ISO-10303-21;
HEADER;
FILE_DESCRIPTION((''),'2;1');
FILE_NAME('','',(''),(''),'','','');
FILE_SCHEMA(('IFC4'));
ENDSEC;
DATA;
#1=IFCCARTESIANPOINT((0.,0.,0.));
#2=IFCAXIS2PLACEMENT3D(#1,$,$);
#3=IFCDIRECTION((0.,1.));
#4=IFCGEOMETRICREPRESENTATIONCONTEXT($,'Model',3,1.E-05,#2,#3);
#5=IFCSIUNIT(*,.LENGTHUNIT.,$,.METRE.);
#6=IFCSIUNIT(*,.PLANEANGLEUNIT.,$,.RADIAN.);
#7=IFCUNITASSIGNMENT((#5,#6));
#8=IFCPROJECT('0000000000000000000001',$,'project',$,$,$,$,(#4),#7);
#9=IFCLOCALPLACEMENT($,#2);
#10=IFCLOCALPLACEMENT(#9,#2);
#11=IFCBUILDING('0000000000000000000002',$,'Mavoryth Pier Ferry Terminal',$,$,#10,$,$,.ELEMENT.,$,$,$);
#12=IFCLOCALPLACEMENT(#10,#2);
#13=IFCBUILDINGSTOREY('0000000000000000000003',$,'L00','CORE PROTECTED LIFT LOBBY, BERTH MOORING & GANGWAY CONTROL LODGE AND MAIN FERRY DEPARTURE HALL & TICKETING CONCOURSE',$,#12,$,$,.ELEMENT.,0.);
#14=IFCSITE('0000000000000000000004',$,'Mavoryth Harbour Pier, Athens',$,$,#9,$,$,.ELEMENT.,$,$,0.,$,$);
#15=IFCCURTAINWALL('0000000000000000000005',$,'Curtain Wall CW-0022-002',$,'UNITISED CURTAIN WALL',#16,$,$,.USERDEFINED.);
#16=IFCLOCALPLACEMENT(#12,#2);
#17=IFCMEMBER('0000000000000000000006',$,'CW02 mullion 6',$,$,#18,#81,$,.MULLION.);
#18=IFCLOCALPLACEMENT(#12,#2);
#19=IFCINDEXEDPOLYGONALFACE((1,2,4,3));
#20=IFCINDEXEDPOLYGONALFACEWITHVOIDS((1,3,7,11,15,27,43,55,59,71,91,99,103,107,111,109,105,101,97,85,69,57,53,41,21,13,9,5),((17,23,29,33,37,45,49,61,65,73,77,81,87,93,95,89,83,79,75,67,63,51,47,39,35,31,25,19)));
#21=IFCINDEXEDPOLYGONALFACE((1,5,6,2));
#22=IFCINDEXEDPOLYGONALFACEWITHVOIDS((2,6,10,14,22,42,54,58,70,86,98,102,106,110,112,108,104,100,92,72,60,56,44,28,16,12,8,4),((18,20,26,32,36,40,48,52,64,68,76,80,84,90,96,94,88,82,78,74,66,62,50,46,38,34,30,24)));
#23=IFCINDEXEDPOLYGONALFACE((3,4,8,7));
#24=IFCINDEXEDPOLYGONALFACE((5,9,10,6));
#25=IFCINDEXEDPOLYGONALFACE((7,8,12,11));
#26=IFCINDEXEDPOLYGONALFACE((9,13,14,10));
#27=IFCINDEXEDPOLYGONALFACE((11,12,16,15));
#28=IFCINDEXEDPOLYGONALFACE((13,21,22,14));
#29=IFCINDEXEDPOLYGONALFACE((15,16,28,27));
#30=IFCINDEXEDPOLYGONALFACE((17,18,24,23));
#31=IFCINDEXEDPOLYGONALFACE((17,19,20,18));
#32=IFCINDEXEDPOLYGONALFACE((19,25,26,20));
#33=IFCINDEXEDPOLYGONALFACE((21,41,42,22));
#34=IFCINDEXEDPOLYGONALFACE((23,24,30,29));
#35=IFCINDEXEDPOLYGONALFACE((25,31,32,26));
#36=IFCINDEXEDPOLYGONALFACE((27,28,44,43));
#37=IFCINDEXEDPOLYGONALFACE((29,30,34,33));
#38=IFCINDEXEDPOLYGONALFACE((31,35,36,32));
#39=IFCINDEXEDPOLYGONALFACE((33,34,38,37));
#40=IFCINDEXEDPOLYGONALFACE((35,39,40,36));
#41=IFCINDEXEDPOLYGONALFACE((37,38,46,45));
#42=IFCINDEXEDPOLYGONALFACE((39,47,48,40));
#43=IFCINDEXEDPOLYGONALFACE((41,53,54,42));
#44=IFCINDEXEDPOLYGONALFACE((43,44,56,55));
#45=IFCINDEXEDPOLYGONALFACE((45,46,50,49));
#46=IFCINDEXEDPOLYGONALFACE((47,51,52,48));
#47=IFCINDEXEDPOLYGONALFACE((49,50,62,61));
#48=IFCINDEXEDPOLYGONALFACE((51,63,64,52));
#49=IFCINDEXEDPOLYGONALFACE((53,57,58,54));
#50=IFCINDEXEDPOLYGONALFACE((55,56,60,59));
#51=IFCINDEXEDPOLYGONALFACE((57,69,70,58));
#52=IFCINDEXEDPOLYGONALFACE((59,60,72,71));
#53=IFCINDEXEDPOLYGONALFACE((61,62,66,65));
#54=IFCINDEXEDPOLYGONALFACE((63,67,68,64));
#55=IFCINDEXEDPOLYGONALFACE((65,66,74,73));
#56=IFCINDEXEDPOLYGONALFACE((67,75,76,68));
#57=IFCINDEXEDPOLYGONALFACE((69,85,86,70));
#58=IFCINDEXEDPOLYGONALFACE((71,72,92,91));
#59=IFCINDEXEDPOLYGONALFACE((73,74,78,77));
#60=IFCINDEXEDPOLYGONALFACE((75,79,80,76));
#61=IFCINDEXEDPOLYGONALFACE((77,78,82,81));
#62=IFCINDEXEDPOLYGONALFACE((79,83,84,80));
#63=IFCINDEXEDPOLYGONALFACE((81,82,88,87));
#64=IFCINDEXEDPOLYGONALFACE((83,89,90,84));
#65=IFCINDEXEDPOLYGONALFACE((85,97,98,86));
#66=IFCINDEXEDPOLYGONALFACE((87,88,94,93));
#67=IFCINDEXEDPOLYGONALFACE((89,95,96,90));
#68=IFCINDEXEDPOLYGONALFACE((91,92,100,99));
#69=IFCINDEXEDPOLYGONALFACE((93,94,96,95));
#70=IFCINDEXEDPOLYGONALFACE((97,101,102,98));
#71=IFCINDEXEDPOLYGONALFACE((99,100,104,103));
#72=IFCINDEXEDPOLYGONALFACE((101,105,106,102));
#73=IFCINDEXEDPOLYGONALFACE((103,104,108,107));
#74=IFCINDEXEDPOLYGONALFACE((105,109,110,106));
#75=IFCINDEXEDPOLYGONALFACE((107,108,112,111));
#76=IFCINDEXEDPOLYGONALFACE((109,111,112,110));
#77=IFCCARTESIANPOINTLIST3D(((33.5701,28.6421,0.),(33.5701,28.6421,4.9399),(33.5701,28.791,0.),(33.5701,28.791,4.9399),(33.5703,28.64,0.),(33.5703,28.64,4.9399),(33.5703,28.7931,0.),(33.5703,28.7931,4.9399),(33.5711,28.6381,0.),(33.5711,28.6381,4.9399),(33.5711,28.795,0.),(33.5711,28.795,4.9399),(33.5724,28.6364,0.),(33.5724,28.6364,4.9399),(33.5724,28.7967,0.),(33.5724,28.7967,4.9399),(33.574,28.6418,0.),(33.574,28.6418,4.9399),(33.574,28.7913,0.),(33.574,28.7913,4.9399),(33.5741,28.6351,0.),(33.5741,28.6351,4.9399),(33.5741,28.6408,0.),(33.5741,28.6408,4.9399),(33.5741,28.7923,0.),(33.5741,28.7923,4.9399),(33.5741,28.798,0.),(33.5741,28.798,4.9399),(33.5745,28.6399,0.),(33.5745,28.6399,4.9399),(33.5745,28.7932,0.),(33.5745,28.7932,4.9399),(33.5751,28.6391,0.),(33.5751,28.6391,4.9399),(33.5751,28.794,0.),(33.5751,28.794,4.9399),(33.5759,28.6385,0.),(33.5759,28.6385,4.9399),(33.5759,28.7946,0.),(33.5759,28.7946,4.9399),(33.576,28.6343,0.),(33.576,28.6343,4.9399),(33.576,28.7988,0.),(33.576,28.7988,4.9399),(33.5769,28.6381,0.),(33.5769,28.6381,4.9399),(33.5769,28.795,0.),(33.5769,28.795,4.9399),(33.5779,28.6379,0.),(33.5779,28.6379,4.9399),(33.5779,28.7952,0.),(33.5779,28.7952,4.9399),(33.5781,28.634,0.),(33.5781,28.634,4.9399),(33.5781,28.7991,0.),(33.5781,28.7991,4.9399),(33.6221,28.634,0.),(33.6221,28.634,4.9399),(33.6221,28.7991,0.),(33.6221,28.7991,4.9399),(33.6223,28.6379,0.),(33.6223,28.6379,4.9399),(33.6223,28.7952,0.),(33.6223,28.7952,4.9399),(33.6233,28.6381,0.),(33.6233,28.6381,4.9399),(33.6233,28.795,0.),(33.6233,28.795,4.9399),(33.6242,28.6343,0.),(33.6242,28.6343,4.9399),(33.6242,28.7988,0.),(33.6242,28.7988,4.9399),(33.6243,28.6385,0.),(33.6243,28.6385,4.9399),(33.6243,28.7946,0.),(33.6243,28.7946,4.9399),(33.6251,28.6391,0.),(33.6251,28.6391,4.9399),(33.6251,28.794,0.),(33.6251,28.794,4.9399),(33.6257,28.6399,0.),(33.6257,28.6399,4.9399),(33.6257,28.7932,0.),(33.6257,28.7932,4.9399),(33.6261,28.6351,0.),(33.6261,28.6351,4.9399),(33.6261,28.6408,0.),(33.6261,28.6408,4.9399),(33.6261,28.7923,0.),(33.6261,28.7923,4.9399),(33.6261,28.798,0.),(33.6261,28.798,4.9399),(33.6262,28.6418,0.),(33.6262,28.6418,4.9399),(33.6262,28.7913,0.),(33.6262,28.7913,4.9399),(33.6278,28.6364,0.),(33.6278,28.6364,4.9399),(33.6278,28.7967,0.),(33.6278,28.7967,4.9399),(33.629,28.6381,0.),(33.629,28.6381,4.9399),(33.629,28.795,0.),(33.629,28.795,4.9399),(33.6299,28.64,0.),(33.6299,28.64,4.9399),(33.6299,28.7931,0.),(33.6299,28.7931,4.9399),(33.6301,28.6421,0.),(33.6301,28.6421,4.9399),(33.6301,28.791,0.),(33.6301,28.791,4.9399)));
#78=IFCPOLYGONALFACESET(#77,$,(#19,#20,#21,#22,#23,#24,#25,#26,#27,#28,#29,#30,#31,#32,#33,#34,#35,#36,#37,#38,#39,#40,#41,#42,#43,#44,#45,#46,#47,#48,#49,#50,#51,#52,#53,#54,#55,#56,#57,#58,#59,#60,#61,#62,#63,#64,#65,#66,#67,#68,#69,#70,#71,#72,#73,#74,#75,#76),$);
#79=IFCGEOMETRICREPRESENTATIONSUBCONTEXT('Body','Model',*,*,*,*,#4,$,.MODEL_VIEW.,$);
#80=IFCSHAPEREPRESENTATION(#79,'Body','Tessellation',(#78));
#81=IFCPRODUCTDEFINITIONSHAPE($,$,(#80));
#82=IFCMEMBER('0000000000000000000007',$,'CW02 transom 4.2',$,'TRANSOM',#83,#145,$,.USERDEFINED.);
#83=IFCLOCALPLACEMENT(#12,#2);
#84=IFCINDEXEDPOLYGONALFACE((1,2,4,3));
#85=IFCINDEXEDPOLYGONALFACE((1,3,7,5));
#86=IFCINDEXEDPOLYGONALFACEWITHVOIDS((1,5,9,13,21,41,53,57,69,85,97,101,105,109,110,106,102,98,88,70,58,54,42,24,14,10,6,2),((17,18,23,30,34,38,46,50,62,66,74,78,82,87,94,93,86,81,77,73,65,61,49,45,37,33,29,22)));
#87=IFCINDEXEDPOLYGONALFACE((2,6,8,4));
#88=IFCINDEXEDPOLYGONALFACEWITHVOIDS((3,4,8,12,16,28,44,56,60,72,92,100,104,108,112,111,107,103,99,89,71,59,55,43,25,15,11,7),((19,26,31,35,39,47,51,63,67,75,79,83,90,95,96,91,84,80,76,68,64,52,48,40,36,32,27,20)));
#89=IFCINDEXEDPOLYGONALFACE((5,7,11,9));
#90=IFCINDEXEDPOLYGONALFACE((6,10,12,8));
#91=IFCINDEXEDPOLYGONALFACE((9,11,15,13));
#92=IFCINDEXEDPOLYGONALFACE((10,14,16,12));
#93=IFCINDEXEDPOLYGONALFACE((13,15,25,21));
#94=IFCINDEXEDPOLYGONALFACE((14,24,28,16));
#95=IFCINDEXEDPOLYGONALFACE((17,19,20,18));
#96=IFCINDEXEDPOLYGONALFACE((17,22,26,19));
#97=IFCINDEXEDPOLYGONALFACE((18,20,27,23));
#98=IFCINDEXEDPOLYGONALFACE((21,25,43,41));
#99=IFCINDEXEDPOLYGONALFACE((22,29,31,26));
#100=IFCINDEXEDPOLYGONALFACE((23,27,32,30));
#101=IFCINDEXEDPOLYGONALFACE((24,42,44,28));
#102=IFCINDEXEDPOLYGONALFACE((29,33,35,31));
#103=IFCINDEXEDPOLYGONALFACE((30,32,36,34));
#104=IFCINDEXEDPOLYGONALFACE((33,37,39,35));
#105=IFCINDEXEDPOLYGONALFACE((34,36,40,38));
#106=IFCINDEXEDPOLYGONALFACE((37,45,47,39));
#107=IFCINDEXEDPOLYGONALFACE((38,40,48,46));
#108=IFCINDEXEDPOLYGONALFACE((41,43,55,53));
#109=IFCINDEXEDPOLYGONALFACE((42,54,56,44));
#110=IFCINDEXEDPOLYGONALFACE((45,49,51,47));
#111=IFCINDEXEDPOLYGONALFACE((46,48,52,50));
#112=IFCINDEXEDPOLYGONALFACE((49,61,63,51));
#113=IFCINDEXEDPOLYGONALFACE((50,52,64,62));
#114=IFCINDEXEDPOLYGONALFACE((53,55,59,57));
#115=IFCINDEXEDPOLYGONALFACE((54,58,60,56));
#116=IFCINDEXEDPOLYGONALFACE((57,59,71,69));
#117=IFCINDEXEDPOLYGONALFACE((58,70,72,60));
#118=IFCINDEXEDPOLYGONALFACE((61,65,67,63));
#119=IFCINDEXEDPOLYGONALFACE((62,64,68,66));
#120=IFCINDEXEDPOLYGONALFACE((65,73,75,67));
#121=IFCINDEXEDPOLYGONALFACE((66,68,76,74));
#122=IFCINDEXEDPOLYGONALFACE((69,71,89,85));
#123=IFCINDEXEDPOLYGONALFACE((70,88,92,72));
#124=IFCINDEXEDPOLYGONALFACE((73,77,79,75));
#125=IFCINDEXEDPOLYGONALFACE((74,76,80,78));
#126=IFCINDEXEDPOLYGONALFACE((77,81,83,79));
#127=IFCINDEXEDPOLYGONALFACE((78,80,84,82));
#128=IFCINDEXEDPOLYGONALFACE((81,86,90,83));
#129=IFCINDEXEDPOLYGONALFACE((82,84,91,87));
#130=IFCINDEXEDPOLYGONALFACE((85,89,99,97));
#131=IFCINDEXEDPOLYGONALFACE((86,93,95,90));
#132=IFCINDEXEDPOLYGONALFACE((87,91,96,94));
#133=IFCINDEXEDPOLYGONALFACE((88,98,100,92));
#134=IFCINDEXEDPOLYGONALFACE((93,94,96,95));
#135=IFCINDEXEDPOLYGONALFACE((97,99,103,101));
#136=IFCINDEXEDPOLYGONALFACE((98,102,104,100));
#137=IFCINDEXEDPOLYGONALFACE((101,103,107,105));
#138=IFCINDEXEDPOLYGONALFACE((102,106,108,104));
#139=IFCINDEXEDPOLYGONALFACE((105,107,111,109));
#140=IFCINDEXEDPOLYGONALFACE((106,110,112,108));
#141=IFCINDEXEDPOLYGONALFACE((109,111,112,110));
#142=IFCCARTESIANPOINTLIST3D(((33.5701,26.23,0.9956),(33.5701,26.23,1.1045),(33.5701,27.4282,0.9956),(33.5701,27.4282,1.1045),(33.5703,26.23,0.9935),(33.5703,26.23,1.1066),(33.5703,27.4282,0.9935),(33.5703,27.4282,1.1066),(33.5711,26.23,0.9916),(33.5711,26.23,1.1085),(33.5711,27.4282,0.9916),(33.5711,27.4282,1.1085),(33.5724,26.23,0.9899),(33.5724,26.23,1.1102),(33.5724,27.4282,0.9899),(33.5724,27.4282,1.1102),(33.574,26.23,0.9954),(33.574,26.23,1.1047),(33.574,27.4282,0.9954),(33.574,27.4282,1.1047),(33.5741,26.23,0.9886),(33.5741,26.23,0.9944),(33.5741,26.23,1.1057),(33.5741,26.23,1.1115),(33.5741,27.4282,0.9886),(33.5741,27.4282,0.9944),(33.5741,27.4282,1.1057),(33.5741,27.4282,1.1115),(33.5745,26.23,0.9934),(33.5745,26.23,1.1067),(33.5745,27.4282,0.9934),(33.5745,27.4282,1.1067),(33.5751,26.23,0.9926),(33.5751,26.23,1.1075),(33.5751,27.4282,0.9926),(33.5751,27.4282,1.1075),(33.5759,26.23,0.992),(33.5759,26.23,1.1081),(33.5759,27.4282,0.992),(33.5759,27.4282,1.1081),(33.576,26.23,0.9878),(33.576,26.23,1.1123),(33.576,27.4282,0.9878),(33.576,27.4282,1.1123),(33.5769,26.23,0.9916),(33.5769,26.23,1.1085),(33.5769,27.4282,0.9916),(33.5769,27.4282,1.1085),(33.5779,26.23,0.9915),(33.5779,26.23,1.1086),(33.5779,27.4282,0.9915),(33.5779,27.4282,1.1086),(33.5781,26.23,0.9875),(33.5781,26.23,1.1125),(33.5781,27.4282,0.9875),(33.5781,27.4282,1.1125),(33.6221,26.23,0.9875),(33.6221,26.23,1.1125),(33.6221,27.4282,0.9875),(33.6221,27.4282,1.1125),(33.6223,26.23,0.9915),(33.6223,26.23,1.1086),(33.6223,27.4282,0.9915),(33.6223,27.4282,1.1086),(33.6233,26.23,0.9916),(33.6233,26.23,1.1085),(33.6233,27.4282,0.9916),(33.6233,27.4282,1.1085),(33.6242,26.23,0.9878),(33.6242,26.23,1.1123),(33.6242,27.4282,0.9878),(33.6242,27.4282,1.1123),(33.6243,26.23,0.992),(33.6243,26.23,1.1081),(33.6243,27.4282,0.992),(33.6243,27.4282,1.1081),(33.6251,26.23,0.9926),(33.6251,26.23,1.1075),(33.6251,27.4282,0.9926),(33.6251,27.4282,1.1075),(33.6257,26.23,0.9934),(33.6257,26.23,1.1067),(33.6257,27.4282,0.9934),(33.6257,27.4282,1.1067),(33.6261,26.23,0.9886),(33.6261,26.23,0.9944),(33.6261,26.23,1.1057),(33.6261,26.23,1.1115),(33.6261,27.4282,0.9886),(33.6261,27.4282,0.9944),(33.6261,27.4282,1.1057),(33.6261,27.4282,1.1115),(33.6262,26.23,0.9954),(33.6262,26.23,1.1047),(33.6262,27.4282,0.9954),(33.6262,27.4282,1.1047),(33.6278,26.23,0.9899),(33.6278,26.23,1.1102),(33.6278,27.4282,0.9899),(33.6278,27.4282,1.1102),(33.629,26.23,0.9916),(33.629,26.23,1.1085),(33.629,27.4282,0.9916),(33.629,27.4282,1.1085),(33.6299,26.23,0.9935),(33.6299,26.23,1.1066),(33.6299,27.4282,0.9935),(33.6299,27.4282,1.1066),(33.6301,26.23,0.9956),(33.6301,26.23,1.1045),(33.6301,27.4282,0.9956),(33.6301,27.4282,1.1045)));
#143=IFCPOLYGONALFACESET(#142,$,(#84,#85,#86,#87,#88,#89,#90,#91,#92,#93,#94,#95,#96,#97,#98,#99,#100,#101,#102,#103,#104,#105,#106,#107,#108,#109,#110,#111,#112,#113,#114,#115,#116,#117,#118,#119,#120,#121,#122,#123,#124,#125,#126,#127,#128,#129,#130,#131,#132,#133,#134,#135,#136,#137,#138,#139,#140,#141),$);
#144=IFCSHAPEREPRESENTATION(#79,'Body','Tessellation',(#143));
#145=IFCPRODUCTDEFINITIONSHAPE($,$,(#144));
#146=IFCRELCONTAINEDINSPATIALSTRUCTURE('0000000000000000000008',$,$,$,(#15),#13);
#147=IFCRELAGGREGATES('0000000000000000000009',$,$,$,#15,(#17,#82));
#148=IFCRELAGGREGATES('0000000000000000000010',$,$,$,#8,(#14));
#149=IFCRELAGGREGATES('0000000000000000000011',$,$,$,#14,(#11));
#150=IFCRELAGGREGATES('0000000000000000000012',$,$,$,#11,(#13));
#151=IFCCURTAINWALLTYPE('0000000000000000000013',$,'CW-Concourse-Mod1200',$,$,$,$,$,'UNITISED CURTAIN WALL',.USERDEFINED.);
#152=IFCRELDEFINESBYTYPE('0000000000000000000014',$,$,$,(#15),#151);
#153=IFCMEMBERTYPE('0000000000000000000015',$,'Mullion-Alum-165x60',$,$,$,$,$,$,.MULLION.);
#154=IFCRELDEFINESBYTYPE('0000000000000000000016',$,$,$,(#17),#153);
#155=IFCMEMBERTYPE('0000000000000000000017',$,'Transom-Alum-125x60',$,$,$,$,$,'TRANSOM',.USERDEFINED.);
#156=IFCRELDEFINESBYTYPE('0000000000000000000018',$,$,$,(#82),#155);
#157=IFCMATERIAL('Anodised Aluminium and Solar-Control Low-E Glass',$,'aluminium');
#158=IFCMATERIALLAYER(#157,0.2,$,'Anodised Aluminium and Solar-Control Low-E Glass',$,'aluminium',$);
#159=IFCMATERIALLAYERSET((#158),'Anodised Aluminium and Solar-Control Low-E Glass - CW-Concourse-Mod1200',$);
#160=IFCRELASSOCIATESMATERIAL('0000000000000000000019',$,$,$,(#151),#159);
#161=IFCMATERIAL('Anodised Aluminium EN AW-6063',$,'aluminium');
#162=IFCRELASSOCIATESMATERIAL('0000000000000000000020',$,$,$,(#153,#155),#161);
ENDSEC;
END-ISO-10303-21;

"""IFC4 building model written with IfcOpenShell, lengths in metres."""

from ifc_helpers import new_model, si_unit, direction, frame, origin, origin_2d, place, context, subcontext, project, spatial, hollow_rectangle, extrude, material, layer, layer_set, material_profile, profile_set, type_object, element, aggregate, save


model = new_model("IFC4")

# Units and contexts
model_context = context("Model", 3, precision=1e-05, world=origin(), true_north=direction((0.0, 1.0)))
body_context = subcontext(model_context, "Body", "Model", "MODEL_VIEW")
ifc_project = project(units=[si_unit("LENGTHUNIT", "METRE"), si_unit("PLANEANGLEUNIT", "RADIAN")], contexts=[model_context])

# Site, building, storey
site_placement = place(None, origin())
site = spatial("IfcSite", under=ifc_project, at=site_placement, Name="Mavoryth Harbour Pier, Athens", CompositionType="ELEMENT", RefElevation=0.0)
building_placement = place(site_placement, origin())
building = spatial("IfcBuilding", under=site, at=building_placement, Name="Mavoryth Pier Ferry Terminal", CompositionType="ELEMENT")
storey_placement = place(building_placement, origin())
storey = spatial("IfcBuildingStorey", under=building, at=storey_placement, Name="L00", Description="CORE PROTECTED LIFT LOBBY, BERTH MOORING & GANGWAY CONTROL LODGE AND MAIN FERRY DEPARTURE HALL & TICKETING CONCOURSE", CompositionType="ELEMENT", Elevation=0.0)

# Curtain wall, members
ifc_material_1 = material(Name="Anodised Aluminium and Solar-Control Low-E Glass", Category="aluminium")
ifc_layer_1 = layer(ifc_material_1, 0.2, Name="Anodised Aluminium and Solar-Control Low-E Glass", Category="aluminium")
ifc_layer_set_1 = layer_set([ifc_layer_1], Name="Anodised Aluminium and Solar-Control Low-E Glass - CW-Concourse-Mod1200")
curtain_wall_type = type_object("IfcCurtainWallType", Name="CW-Concourse-Mod1200", ElementType="UNITISED CURTAIN WALL", PredefinedType="USERDEFINED", material=ifc_layer_set_1)
curtain_wall_placement = place(storey_placement, origin())
curtain_wall = element("IfcCurtainWall", 1, at=curtain_wall_placement, inside=storey, type_object=curtain_wall_type, Name="Curtain Wall CW-0022-002", ObjectType="UNITISED CURTAIN WALL", PredefinedType="USERDEFINED")
ifc_material_2 = material(Name="Anodised Aluminium EN AW-6063", Category="aluminium")
ifc_material_profile_1 = material_profile(ifc_material_2, hollow_rectangle(XDim=0.0601, YDim=0.165, WallThickness=0.0039, InnerFilletRadius=0.0039, OuterFilletRadius=0.0081, at=origin_2d()), Name="AL-MULL 165x60x4", Category="aluminium")
ifc_profile_set_1 = profile_set([ifc_material_profile_1], Name="Anodised Aluminium EN AW-6063 - AL-MULL 165x60x4")
member_type_1 = type_object("IfcMemberType", Name="Mullion-Alum-165x60", PredefinedType="MULLION", material=ifc_profile_set_1)
member_1_placement = place(storey_placement, frame((33.6001, 28.7166, 0.0), z_axis=(0.0, 0.0, 1.0), x_axis=(-1.0, 0.0, 0.0)))
member_1 = element("IfcMember", 2, at=member_1_placement, type_object=member_type_1, Name="CW02 mullion 6", PredefinedType="MULLION", context=body_context, shape_type="SweptSolid", body=[
    extrude(hollow_rectangle(XDim=0.0601, YDim=0.165, WallThickness=0.0039, InnerFilletRadius=0.0039, OuterFilletRadius=0.0081, at=origin_2d()), origin(), (0.0, 0.0, 1.0), 4.9399),
])
ifc_material_profile_2 = material_profile(ifc_material_2, hollow_rectangle(XDim=0.0601, YDim=0.125, WallThickness=0.0039, InnerFilletRadius=0.0039, OuterFilletRadius=0.0081, at=origin_2d()), Name="AL-TRAN 125x60x4", Category="aluminium")
ifc_profile_set_2 = profile_set([ifc_material_profile_2], Name="Anodised Aluminium EN AW-6063 - AL-TRAN 125x60x4")
member_type_2 = type_object("IfcMemberType", Name="Transom-Alum-125x60", ElementType="TRANSOM", PredefinedType="USERDEFINED", material=ifc_profile_set_2)
member_2_placement = place(storey_placement, frame((33.6001, 26.23, 1.05), z_axis=(0.0, 1.0, 0.0), x_axis=(-1.0, 0.0, 0.0)))
member_2 = element("IfcMember", 3, at=member_2_placement, type_object=member_type_2, Name="CW02 transom 4.2", ObjectType="TRANSOM", PredefinedType="USERDEFINED", context=body_context, shape_type="SweptSolid", body=[
    extrude(hollow_rectangle(XDim=0.0601, YDim=0.125, WallThickness=0.0039, InnerFilletRadius=0.0039, OuterFilletRadius=0.0081, at=origin_2d()), origin(), (0.0, 0.0, 1.0), 1.1982),
])
aggregate(curtain_wall, [member_1, member_2])

save(model, "model.ifc")
